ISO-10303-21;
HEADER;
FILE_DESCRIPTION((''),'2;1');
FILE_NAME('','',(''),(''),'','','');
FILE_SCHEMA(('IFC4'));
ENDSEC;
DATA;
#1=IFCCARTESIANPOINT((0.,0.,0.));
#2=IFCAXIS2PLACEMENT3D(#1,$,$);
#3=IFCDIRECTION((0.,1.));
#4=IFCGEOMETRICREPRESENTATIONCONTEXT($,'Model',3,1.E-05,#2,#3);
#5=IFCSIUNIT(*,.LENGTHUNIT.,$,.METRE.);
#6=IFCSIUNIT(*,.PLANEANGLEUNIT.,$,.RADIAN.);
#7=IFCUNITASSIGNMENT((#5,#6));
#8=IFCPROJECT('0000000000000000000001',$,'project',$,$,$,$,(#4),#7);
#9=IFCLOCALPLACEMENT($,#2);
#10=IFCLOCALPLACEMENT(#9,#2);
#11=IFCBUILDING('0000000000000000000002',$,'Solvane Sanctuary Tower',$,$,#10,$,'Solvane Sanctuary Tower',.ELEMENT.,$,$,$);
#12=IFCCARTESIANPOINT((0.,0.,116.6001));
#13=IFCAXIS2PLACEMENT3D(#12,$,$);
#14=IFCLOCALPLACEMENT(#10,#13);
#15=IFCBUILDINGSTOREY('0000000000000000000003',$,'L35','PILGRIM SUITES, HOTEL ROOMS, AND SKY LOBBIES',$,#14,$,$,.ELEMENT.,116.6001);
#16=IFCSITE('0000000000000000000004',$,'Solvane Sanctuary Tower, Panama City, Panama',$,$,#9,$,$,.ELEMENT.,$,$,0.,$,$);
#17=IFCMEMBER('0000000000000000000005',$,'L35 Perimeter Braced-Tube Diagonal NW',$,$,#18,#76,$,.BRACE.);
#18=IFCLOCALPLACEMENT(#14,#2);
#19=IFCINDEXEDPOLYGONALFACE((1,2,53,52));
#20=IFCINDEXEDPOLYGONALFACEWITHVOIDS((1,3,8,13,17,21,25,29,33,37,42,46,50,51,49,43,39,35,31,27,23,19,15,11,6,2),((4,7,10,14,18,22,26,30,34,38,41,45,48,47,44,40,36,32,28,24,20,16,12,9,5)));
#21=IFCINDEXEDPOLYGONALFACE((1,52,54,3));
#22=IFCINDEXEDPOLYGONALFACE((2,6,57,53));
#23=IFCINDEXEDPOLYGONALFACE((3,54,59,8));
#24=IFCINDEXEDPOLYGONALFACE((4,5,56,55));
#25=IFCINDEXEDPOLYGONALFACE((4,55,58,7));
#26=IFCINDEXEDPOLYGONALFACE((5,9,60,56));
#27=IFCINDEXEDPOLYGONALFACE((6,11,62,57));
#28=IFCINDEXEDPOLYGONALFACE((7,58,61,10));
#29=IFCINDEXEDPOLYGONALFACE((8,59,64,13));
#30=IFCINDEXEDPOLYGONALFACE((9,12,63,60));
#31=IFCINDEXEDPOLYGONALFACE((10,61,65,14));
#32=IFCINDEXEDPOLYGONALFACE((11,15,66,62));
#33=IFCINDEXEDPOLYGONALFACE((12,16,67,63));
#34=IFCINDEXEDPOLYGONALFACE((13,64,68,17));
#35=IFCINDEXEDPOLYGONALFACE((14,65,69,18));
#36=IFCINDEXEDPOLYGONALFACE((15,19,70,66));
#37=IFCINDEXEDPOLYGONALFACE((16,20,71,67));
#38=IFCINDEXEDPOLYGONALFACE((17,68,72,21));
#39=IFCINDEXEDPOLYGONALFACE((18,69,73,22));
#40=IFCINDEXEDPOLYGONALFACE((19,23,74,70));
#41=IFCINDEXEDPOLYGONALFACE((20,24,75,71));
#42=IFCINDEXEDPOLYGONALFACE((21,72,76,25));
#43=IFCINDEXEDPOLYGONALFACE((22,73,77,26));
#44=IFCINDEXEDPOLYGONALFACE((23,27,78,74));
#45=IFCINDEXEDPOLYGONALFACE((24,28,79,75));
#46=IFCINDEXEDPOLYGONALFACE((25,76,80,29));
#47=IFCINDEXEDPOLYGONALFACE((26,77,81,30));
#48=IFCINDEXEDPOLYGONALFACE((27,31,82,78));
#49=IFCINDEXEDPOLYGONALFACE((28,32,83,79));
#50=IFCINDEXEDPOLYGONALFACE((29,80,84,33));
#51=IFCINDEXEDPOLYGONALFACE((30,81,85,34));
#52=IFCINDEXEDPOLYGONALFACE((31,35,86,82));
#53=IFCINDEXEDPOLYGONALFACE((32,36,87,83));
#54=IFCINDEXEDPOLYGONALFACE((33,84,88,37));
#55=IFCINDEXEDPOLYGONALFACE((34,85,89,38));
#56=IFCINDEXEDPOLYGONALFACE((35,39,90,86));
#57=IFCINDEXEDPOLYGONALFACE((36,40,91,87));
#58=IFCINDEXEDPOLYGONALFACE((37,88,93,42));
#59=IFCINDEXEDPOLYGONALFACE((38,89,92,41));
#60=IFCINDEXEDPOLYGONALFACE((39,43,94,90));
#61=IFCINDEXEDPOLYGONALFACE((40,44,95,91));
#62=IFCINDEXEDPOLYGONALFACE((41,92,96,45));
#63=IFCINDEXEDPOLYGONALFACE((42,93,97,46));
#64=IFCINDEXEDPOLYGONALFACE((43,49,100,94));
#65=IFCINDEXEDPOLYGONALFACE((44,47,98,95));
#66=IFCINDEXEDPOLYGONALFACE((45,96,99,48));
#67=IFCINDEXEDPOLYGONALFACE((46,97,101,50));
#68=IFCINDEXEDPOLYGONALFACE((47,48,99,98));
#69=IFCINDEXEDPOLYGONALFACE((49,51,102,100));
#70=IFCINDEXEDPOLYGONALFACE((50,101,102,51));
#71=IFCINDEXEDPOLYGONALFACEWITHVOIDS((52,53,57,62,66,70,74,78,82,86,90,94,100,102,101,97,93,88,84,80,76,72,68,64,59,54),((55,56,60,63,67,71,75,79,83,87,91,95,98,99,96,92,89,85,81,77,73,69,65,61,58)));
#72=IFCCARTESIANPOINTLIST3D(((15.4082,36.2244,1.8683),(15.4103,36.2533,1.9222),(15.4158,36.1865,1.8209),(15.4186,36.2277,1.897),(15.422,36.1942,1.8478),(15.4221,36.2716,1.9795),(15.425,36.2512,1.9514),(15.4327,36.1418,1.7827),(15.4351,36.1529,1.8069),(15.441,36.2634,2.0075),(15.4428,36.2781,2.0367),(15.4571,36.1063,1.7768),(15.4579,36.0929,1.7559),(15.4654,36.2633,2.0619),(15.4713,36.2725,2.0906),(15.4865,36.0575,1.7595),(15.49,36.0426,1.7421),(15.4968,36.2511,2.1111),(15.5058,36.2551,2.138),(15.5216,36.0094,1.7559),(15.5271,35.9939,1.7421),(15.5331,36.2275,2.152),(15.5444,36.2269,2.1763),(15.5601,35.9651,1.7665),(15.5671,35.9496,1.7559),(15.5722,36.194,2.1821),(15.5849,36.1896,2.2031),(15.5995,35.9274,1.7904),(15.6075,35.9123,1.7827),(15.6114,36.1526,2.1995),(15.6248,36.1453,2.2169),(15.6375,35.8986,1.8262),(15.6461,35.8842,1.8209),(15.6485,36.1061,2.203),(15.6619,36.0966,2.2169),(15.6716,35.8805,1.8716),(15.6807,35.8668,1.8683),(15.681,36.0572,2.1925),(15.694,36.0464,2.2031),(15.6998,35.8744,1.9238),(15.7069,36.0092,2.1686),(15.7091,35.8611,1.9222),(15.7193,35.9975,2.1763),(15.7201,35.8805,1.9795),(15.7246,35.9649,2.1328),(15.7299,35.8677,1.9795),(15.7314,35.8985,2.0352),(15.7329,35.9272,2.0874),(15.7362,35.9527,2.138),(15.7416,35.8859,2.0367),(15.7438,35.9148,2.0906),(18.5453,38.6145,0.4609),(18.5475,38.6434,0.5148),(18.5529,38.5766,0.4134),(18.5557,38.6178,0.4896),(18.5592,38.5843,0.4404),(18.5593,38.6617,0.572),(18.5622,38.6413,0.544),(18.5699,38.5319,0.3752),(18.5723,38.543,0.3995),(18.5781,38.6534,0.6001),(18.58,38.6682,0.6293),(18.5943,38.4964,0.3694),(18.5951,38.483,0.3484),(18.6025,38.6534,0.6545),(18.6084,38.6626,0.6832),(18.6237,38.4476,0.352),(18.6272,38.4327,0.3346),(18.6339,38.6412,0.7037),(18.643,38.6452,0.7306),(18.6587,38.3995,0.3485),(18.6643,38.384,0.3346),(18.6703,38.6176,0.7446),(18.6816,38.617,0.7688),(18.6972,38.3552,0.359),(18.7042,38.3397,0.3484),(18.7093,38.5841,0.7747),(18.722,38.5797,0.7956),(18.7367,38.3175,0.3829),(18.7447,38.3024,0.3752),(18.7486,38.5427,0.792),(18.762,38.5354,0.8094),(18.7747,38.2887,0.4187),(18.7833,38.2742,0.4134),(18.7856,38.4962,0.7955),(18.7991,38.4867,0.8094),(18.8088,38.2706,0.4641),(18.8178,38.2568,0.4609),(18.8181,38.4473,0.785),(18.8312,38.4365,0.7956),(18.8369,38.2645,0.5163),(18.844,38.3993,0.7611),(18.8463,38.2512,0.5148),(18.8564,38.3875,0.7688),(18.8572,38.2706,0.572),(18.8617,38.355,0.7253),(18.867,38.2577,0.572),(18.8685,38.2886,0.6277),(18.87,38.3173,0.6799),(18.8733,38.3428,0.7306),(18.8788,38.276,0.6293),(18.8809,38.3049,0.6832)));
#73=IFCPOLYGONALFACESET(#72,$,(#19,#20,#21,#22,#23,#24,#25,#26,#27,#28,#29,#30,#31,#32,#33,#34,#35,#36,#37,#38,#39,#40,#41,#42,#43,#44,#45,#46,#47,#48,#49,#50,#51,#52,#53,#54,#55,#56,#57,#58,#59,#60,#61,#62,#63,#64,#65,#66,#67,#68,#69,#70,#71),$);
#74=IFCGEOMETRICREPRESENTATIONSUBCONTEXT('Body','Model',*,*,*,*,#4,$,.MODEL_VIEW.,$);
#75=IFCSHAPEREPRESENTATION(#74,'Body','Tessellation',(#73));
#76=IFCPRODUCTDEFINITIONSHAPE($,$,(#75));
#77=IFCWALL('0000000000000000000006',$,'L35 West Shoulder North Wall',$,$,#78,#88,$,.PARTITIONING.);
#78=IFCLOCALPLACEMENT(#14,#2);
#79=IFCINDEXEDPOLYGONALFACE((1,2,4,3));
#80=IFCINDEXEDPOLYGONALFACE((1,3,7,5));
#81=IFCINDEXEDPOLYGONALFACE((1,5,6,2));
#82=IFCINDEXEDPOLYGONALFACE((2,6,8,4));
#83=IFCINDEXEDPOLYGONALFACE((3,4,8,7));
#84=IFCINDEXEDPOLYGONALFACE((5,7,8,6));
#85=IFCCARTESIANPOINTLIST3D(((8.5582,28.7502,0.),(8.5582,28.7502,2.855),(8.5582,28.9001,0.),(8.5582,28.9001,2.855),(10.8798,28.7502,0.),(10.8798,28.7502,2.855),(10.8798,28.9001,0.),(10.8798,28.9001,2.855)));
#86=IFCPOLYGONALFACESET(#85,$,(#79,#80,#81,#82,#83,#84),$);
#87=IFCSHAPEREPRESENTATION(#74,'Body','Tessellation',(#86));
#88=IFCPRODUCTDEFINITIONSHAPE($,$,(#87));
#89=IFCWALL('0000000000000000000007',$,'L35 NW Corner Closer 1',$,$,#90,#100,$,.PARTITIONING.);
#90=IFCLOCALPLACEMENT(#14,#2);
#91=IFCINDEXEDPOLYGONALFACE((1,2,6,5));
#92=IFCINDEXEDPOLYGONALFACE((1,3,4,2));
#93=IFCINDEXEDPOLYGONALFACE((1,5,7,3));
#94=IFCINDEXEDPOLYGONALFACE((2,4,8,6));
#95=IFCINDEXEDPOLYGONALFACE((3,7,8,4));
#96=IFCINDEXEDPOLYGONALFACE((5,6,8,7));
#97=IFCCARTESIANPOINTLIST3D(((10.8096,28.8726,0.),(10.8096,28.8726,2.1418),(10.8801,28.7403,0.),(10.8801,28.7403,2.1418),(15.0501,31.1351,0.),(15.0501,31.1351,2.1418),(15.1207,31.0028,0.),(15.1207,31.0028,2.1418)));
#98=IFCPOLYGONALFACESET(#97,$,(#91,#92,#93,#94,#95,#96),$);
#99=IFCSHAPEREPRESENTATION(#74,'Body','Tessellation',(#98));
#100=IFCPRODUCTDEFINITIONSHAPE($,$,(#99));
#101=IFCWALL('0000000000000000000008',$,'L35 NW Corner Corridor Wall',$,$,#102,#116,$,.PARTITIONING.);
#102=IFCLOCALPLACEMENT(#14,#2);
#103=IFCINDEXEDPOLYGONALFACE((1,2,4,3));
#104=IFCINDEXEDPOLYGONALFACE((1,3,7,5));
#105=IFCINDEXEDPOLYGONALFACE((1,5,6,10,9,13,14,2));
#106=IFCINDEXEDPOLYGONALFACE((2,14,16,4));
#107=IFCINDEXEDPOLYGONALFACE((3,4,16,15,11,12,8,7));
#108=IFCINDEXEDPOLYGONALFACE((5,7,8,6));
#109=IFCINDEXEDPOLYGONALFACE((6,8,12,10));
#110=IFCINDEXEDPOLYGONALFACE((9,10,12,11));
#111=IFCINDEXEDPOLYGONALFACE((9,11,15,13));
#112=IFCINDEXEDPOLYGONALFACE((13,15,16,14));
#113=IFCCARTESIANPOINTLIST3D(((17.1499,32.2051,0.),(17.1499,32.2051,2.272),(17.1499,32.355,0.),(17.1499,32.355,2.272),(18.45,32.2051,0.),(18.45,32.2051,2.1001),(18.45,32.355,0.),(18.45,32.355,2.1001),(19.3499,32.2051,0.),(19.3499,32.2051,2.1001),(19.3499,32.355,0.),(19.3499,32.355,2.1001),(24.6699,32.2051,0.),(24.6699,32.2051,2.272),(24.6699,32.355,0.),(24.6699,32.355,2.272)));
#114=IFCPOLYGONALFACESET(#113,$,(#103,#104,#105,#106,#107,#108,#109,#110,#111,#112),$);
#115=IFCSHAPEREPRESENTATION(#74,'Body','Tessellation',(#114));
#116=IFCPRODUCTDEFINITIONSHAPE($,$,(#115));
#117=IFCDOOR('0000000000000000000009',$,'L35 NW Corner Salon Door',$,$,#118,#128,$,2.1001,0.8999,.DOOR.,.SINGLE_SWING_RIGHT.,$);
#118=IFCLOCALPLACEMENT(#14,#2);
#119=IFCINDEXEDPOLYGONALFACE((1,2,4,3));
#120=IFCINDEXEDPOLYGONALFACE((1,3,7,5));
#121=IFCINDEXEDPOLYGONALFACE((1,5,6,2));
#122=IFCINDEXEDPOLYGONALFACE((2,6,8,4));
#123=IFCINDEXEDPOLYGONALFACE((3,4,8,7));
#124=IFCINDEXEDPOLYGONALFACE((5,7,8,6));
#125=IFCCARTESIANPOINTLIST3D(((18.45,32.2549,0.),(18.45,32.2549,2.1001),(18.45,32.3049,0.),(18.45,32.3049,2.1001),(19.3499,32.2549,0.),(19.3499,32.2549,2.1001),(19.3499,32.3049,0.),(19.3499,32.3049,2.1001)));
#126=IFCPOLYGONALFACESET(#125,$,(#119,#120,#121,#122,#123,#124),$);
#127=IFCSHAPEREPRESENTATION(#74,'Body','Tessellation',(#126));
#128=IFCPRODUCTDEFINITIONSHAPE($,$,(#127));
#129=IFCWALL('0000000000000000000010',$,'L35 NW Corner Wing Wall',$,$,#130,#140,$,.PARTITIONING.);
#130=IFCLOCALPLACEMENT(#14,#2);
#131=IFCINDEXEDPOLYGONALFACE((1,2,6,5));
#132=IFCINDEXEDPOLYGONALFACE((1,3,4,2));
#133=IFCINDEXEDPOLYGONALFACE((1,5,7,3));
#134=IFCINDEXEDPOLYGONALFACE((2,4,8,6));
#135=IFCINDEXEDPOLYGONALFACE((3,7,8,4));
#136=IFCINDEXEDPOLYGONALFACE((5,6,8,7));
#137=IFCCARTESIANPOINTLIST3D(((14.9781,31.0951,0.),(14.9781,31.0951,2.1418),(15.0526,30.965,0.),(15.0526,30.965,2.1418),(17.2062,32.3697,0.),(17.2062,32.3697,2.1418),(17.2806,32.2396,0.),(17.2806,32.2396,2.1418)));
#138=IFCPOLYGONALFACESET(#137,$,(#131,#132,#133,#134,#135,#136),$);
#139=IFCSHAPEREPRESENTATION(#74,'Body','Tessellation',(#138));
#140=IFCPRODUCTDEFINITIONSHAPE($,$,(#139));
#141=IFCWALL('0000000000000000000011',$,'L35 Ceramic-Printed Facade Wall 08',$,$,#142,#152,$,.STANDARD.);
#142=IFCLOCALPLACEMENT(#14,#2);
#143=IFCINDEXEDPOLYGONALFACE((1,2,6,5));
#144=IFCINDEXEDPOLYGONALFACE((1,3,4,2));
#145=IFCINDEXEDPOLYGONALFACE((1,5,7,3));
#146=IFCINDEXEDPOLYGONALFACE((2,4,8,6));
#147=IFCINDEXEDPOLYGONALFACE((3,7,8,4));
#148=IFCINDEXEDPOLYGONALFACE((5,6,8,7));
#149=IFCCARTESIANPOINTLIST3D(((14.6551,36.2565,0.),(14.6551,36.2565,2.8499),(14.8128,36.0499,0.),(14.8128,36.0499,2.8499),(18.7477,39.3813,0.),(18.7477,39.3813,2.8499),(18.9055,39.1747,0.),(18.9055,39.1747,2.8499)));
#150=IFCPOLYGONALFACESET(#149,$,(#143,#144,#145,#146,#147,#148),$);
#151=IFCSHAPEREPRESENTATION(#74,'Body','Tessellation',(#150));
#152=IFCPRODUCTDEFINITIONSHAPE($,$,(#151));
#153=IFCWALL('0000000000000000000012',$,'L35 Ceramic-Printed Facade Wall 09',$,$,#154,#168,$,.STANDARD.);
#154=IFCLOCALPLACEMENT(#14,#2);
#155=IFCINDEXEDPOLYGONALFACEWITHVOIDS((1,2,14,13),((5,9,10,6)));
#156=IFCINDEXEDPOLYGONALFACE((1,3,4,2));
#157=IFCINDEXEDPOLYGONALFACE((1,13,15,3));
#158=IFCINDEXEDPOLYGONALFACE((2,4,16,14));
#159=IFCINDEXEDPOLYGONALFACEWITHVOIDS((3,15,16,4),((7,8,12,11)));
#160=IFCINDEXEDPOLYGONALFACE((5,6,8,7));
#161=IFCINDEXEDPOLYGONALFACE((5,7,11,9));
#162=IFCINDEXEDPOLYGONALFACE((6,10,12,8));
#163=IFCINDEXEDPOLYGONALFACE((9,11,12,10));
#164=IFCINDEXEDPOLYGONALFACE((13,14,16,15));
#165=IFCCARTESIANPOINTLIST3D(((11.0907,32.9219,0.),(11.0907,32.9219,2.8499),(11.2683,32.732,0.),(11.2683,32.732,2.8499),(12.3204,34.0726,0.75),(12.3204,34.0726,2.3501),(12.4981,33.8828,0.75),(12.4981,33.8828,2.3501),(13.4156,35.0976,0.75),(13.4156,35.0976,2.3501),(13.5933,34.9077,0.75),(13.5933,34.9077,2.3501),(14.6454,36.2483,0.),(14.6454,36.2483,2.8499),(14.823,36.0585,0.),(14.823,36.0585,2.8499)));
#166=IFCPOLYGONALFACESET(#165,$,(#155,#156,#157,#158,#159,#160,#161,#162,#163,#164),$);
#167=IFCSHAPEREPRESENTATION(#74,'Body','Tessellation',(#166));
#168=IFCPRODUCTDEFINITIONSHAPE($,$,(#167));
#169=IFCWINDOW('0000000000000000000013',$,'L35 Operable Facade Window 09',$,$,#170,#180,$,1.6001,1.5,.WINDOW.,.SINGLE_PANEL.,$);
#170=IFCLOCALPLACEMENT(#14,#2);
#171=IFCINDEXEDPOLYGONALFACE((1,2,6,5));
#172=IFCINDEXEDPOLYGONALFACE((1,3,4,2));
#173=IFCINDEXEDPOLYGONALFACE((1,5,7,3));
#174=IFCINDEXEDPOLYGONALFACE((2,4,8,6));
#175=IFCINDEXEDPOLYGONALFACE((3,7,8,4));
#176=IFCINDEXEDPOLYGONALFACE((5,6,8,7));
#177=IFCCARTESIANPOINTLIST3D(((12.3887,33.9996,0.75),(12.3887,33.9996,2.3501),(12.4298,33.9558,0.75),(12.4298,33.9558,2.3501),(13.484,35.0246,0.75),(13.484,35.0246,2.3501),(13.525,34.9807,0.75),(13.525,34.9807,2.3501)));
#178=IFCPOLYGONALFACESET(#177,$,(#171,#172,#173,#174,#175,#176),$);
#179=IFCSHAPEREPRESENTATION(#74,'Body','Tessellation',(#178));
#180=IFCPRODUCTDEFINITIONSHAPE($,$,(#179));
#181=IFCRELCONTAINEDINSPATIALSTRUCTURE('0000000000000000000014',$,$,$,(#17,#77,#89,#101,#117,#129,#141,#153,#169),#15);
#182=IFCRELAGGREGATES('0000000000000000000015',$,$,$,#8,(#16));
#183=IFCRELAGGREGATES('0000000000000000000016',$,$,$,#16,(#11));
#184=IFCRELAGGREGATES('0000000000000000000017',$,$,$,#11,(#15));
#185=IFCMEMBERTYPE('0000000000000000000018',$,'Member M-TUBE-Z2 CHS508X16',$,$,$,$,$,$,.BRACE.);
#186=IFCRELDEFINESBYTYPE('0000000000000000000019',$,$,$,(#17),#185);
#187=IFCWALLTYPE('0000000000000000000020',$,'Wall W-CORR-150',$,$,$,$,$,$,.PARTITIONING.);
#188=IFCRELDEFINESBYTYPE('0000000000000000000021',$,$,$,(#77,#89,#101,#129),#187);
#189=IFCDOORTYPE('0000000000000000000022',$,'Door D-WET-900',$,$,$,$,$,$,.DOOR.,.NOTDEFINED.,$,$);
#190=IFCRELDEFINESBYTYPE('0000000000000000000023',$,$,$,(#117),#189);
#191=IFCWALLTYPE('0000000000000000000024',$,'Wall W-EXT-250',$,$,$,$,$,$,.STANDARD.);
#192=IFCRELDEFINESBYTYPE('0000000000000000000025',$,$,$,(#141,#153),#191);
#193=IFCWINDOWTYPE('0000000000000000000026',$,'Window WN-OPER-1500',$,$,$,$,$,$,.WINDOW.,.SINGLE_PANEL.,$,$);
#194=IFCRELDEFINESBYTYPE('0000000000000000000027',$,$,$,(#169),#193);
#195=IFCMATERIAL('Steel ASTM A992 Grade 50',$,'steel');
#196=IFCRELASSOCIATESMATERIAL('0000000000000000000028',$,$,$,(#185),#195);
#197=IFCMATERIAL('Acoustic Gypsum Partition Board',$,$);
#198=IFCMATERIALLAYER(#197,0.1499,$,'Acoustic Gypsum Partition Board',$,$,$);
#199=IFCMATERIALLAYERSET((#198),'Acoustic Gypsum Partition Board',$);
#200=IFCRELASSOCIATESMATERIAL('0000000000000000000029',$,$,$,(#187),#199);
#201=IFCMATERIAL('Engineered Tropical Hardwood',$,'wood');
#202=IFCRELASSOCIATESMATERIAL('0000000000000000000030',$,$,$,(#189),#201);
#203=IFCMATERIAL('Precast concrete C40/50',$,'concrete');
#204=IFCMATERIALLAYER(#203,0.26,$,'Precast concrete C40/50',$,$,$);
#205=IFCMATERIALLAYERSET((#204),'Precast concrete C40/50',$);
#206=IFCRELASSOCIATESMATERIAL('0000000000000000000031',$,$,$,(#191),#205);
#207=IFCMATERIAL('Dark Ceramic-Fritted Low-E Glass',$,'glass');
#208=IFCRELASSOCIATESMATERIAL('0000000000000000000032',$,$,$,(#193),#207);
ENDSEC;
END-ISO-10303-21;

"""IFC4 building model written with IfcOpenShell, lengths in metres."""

from ifc_helpers import new_model, si_unit, direction, frame, frame_2d, origin, origin_2d, place, context, subcontext, project, spatial, rectangle, hollow_circle, extrude, material, layer, layer_set, material_profile, profile_set, type_object, element, fill, save


model = new_model("IFC4")

# Units and contexts
model_context = context("Model", 3, precision=1e-05, world=origin(), true_north=direction((0.0, 1.0)))
body_context = subcontext(model_context, "Body", "Model", "MODEL_VIEW")
ifc_project = project(units=[si_unit("LENGTHUNIT", "METRE"), si_unit("PLANEANGLEUNIT", "RADIAN")], contexts=[model_context])

# Site, building, storey
site_placement = place(None, origin())
site = spatial("IfcSite", under=ifc_project, at=site_placement, Name="Solvane Sanctuary Tower, Panama City, Panama", CompositionType="ELEMENT", RefElevation=0.0)
building_placement = place(site_placement, origin())
building = spatial("IfcBuilding", under=site, at=building_placement, Name="Solvane Sanctuary Tower", LongName="Solvane Sanctuary Tower", CompositionType="ELEMENT")
storey_placement = place(building_placement, frame((0.0, 0.0, 116.6001)))
storey = spatial("IfcBuildingStorey", under=building, at=storey_placement, Name="L35", Description="PILGRIM SUITES, HOTEL ROOMS, AND SKY LOBBIES", CompositionType="ELEMENT", Elevation=116.6001)

# Shared definitions
ifc_material_1 = material(Name="Steel ASTM A992 Grade 50", Category="steel")

# Member
ifc_material_profile_1 = material_profile(ifc_material_1, hollow_circle(Radius=0.2539, WallThickness=0.0161, at=origin_2d()), Name="CHS508X16")
ifc_profile_set_1 = profile_set([ifc_material_profile_1], Name="Steel ASTM A992 Grade 50")
member_type = type_object("IfcMemberType", Name="Member M-TUBE-Z2 CHS508X16", PredefinedType="BRACE", material=ifc_profile_set_1)
member_placement = place(storey_placement, frame((18.7131, 38.4597, 0.572), z_axis=(-0.74917, -0.570769, 0.336106), x_axis=(0.606025, -0.795446, 0.0)))
element("IfcMember", 1, at=member_placement, inside=storey, type_object=member_type, Name="L35 Perimeter Braced-Tube Diagonal NW", PredefinedType="BRACE", context=body_context, shape_type="SweptSolid", body=[
    extrude(hollow_circle(Radius=0.2539, WallThickness=0.0161, at=origin_2d()), origin(), (0.0, 0.0, 1.0), 4.1875),
])

# Walls
ifc_material_2 = material(Name="Acoustic Gypsum Partition Board")
ifc_layer_1 = layer(ifc_material_2, 0.1499, Name="Acoustic Gypsum Partition Board")
ifc_layer_set_1 = layer_set([ifc_layer_1], Name="Acoustic Gypsum Partition Board")
wall_type_1 = type_object("IfcWallType", Name="Wall W-CORR-150", PredefinedType="PARTITIONING", material=ifc_layer_set_1)
wall_1_placement = place(storey_placement, frame((8.5583, 28.8252, 0.0), z_axis=(0.0, 0.0, 1.0), x_axis=(1.0, 0.0, 0.0)))
element("IfcWall", 2, at=wall_1_placement, inside=storey, type_object=wall_type_1, Name="L35 West Shoulder North Wall", PredefinedType="PARTITIONING", context=body_context, shape_type="SweptSolid", body=[
    extrude(rectangle(XDim=2.3215, YDim=0.1499, at=frame_2d((1.1606, 0.0))), origin(), (0.0, 0.0, 1.0), 2.855),
])
wall_2_placement = place(storey_placement, frame((10.8447, 28.8064, 0.0), z_axis=(0.0, 0.0, 1.0), x_axis=(0.882278, 0.470728, 0.0)))
element("IfcWall", 3, at=wall_2_placement, inside=storey, type_object=wall_type_1, Name="L35 NW Corner Closer 1", PredefinedType="PARTITIONING", context=body_context, shape_type="SweptSolid", body=[
    extrude(rectangle(XDim=4.8064, YDim=0.1499, at=frame_2d((2.4033, 0.0))), origin(), (0.0, 0.0, 1.0), 2.1418),
])

# Wall, opening, door
wall_3_placement = place(storey_placement, frame((17.1499, 32.28, 0.0), z_axis=(0.0, 0.0, 1.0), x_axis=(1.0, 0.0, 0.0)))
wall_3 = element("IfcWall", 4, at=wall_3_placement, inside=storey, type_object=wall_type_1, Name="L35 NW Corner Corridor Wall", PredefinedType="PARTITIONING", context=body_context, shape_type="SweptSolid", body=[
    extrude(rectangle(XDim=7.52, YDim=0.1499, at=frame_2d((3.76, 0.0))), origin(), (0.0, 0.0, 1.0), 2.272),
])
opening_1_placement = place(wall_3_placement, frame((1.3, 0.0, 0.0)))
opening_1 = element("IfcOpeningElement", 5, at=opening_1_placement, cuts=wall_3, PredefinedType="OPENING", context=body_context, shape_type="SweptSolid", body=[
    extrude(rectangle(XDim=0.8999, YDim=2.1001, at=frame_2d((0.45, 1.05))), frame((0.0, 0.085, 0.0), z_axis=(0.0, -1.0, 0.0), x_axis=(1.0, 0.0, 0.0)), (0.0, 0.0, 1.0), 0.1699),
])
ifc_material_3 = material(Name="Engineered Tropical Hardwood", Category="wood")
door_type_1 = type_object("IfcDoorType", Name="Door D-WET-900", OperationType="NOTDEFINED", PredefinedType="DOOR", material=ifc_material_3)
door_1_placement = place(opening_1_placement, origin())
door_1 = element("IfcDoor", 6, at=door_1_placement, inside=storey, type_object=door_type_1, Name="L35 NW Corner Salon Door", OperationType="SINGLE_SWING_RIGHT", OverallHeight=2.1001, OverallWidth=0.8999, PredefinedType="DOOR", context=body_context, shape_type="SweptSolid", body=[
    extrude(rectangle(XDim=0.8999, YDim=2.1001, at=frame_2d((0.45, 1.05))), frame((0.0, 0.0249, 0.0), z_axis=(0.0, -1.0, 0.0), x_axis=(1.0, 0.0, 0.0)), (0.0, 0.0, 1.0), 0.05),
])
fill(opening_1, door_1)

# Walls
wall_4_placement = place(storey_placement, frame((17.2434, 32.3047, 0.0), z_axis=(0.0, 0.0, 1.0), x_axis=(-0.867991, -0.496579, 0.0)))
element("IfcWall", 7, at=wall_4_placement, inside=storey, type_object=wall_type_1, Name="L35 NW Corner Wing Wall", PredefinedType="PARTITIONING", context=body_context, shape_type="SweptSolid", body=[
    extrude(rectangle(XDim=2.5669, YDim=0.1499, at=frame_2d((1.2834, 0.0))), origin(), (0.0, 0.0, 1.0), 2.1418),
])
ifc_material_4 = material(Name="Precast concrete C40/50", Category="concrete")
ifc_layer_2 = layer(ifc_material_4, 0.26, Name="Precast concrete C40/50")
ifc_layer_set_2 = layer_set([ifc_layer_2], Name="Precast concrete C40/50")
wall_type_2 = type_object("IfcWallType", Name="Wall W-EXT-250", PredefinedType="STANDARD", material=ifc_layer_set_2)
wall_5_placement = place(storey_placement, frame((18.8267, 39.2781, 0.0), z_axis=(0.0, 0.0, 1.0), x_axis=(-0.79481, -0.606859, 0.0)))
element("IfcWall", 8, at=wall_5_placement, inside=storey, type_object=wall_type_2, Name="L35 Ceramic-Printed Facade Wall 08", PredefinedType="STANDARD", context=body_context, shape_type="SweptSolid", body=[
    extrude(rectangle(XDim=5.1492, YDim=0.26, at=frame_2d((2.5747, 0.0))), origin(), (0.0, 0.0, 1.0), 2.8499),
])

# Wall, opening, window
wall_6_placement = place(storey_placement, frame((14.7341, 36.1533, 0.0), z_axis=(0.0, 0.0, 1.0), x_axis=(-0.730162, -0.683274, 0.0)))
wall_6 = element("IfcWall", 9, at=wall_6_placement, inside=storey, type_object=wall_type_2, Name="L35 Ceramic-Printed Facade Wall 09", PredefinedType="STANDARD", context=body_context, shape_type="SweptSolid", body=[
    extrude(rectangle(XDim=4.8684, YDim=0.26, at=frame_2d((2.4341, 0.0))), origin(), (0.0, 0.0, 1.0), 2.8499),
])
opening_2_placement = place(wall_6_placement, frame((1.6841, 0.0, 0.75)))
opening_2 = element("IfcOpeningElement", 10, at=opening_2_placement, cuts=wall_6, PredefinedType="OPENING", context=body_context, shape_type="SweptSolid", body=[
    extrude(rectangle(XDim=1.5, YDim=1.6001, at=frame_2d((0.75, 0.8))), frame((0.0, 0.1399, 0.0), z_axis=(0.0, -1.0, 0.0), x_axis=(1.0, 0.0, 0.0)), (0.0, 0.0, 1.0), 0.28),
])
ifc_material_5 = material(Name="Dark Ceramic-Fritted Low-E Glass", Category="glass")
window_type_1 = type_object("IfcWindowType", Name="Window WN-OPER-1500", PartitioningType="SINGLE_PANEL", PredefinedType="WINDOW", material=ifc_material_5)
window_1_placement = place(opening_2_placement, origin())
window_1 = element("IfcWindow", 11, at=window_1_placement, inside=storey, type_object=window_type_1, Name="L35 Operable Facade Window 09", OverallHeight=1.6001, OverallWidth=1.5, PartitioningType="SINGLE_PANEL", PredefinedType="WINDOW", context=body_context, shape_type="SweptSolid", body=[
    extrude(rectangle(XDim=1.5, YDim=1.6001, at=frame_2d((0.75, 0.8))), frame((0.0, 0.03, 0.0), z_axis=(0.0, -1.0, 0.0), x_axis=(1.0, 0.0, 0.0)), (0.0, 0.0, 1.0), 0.0601),
])
fill(opening_2, window_1)

save(model, "model.ifc")
